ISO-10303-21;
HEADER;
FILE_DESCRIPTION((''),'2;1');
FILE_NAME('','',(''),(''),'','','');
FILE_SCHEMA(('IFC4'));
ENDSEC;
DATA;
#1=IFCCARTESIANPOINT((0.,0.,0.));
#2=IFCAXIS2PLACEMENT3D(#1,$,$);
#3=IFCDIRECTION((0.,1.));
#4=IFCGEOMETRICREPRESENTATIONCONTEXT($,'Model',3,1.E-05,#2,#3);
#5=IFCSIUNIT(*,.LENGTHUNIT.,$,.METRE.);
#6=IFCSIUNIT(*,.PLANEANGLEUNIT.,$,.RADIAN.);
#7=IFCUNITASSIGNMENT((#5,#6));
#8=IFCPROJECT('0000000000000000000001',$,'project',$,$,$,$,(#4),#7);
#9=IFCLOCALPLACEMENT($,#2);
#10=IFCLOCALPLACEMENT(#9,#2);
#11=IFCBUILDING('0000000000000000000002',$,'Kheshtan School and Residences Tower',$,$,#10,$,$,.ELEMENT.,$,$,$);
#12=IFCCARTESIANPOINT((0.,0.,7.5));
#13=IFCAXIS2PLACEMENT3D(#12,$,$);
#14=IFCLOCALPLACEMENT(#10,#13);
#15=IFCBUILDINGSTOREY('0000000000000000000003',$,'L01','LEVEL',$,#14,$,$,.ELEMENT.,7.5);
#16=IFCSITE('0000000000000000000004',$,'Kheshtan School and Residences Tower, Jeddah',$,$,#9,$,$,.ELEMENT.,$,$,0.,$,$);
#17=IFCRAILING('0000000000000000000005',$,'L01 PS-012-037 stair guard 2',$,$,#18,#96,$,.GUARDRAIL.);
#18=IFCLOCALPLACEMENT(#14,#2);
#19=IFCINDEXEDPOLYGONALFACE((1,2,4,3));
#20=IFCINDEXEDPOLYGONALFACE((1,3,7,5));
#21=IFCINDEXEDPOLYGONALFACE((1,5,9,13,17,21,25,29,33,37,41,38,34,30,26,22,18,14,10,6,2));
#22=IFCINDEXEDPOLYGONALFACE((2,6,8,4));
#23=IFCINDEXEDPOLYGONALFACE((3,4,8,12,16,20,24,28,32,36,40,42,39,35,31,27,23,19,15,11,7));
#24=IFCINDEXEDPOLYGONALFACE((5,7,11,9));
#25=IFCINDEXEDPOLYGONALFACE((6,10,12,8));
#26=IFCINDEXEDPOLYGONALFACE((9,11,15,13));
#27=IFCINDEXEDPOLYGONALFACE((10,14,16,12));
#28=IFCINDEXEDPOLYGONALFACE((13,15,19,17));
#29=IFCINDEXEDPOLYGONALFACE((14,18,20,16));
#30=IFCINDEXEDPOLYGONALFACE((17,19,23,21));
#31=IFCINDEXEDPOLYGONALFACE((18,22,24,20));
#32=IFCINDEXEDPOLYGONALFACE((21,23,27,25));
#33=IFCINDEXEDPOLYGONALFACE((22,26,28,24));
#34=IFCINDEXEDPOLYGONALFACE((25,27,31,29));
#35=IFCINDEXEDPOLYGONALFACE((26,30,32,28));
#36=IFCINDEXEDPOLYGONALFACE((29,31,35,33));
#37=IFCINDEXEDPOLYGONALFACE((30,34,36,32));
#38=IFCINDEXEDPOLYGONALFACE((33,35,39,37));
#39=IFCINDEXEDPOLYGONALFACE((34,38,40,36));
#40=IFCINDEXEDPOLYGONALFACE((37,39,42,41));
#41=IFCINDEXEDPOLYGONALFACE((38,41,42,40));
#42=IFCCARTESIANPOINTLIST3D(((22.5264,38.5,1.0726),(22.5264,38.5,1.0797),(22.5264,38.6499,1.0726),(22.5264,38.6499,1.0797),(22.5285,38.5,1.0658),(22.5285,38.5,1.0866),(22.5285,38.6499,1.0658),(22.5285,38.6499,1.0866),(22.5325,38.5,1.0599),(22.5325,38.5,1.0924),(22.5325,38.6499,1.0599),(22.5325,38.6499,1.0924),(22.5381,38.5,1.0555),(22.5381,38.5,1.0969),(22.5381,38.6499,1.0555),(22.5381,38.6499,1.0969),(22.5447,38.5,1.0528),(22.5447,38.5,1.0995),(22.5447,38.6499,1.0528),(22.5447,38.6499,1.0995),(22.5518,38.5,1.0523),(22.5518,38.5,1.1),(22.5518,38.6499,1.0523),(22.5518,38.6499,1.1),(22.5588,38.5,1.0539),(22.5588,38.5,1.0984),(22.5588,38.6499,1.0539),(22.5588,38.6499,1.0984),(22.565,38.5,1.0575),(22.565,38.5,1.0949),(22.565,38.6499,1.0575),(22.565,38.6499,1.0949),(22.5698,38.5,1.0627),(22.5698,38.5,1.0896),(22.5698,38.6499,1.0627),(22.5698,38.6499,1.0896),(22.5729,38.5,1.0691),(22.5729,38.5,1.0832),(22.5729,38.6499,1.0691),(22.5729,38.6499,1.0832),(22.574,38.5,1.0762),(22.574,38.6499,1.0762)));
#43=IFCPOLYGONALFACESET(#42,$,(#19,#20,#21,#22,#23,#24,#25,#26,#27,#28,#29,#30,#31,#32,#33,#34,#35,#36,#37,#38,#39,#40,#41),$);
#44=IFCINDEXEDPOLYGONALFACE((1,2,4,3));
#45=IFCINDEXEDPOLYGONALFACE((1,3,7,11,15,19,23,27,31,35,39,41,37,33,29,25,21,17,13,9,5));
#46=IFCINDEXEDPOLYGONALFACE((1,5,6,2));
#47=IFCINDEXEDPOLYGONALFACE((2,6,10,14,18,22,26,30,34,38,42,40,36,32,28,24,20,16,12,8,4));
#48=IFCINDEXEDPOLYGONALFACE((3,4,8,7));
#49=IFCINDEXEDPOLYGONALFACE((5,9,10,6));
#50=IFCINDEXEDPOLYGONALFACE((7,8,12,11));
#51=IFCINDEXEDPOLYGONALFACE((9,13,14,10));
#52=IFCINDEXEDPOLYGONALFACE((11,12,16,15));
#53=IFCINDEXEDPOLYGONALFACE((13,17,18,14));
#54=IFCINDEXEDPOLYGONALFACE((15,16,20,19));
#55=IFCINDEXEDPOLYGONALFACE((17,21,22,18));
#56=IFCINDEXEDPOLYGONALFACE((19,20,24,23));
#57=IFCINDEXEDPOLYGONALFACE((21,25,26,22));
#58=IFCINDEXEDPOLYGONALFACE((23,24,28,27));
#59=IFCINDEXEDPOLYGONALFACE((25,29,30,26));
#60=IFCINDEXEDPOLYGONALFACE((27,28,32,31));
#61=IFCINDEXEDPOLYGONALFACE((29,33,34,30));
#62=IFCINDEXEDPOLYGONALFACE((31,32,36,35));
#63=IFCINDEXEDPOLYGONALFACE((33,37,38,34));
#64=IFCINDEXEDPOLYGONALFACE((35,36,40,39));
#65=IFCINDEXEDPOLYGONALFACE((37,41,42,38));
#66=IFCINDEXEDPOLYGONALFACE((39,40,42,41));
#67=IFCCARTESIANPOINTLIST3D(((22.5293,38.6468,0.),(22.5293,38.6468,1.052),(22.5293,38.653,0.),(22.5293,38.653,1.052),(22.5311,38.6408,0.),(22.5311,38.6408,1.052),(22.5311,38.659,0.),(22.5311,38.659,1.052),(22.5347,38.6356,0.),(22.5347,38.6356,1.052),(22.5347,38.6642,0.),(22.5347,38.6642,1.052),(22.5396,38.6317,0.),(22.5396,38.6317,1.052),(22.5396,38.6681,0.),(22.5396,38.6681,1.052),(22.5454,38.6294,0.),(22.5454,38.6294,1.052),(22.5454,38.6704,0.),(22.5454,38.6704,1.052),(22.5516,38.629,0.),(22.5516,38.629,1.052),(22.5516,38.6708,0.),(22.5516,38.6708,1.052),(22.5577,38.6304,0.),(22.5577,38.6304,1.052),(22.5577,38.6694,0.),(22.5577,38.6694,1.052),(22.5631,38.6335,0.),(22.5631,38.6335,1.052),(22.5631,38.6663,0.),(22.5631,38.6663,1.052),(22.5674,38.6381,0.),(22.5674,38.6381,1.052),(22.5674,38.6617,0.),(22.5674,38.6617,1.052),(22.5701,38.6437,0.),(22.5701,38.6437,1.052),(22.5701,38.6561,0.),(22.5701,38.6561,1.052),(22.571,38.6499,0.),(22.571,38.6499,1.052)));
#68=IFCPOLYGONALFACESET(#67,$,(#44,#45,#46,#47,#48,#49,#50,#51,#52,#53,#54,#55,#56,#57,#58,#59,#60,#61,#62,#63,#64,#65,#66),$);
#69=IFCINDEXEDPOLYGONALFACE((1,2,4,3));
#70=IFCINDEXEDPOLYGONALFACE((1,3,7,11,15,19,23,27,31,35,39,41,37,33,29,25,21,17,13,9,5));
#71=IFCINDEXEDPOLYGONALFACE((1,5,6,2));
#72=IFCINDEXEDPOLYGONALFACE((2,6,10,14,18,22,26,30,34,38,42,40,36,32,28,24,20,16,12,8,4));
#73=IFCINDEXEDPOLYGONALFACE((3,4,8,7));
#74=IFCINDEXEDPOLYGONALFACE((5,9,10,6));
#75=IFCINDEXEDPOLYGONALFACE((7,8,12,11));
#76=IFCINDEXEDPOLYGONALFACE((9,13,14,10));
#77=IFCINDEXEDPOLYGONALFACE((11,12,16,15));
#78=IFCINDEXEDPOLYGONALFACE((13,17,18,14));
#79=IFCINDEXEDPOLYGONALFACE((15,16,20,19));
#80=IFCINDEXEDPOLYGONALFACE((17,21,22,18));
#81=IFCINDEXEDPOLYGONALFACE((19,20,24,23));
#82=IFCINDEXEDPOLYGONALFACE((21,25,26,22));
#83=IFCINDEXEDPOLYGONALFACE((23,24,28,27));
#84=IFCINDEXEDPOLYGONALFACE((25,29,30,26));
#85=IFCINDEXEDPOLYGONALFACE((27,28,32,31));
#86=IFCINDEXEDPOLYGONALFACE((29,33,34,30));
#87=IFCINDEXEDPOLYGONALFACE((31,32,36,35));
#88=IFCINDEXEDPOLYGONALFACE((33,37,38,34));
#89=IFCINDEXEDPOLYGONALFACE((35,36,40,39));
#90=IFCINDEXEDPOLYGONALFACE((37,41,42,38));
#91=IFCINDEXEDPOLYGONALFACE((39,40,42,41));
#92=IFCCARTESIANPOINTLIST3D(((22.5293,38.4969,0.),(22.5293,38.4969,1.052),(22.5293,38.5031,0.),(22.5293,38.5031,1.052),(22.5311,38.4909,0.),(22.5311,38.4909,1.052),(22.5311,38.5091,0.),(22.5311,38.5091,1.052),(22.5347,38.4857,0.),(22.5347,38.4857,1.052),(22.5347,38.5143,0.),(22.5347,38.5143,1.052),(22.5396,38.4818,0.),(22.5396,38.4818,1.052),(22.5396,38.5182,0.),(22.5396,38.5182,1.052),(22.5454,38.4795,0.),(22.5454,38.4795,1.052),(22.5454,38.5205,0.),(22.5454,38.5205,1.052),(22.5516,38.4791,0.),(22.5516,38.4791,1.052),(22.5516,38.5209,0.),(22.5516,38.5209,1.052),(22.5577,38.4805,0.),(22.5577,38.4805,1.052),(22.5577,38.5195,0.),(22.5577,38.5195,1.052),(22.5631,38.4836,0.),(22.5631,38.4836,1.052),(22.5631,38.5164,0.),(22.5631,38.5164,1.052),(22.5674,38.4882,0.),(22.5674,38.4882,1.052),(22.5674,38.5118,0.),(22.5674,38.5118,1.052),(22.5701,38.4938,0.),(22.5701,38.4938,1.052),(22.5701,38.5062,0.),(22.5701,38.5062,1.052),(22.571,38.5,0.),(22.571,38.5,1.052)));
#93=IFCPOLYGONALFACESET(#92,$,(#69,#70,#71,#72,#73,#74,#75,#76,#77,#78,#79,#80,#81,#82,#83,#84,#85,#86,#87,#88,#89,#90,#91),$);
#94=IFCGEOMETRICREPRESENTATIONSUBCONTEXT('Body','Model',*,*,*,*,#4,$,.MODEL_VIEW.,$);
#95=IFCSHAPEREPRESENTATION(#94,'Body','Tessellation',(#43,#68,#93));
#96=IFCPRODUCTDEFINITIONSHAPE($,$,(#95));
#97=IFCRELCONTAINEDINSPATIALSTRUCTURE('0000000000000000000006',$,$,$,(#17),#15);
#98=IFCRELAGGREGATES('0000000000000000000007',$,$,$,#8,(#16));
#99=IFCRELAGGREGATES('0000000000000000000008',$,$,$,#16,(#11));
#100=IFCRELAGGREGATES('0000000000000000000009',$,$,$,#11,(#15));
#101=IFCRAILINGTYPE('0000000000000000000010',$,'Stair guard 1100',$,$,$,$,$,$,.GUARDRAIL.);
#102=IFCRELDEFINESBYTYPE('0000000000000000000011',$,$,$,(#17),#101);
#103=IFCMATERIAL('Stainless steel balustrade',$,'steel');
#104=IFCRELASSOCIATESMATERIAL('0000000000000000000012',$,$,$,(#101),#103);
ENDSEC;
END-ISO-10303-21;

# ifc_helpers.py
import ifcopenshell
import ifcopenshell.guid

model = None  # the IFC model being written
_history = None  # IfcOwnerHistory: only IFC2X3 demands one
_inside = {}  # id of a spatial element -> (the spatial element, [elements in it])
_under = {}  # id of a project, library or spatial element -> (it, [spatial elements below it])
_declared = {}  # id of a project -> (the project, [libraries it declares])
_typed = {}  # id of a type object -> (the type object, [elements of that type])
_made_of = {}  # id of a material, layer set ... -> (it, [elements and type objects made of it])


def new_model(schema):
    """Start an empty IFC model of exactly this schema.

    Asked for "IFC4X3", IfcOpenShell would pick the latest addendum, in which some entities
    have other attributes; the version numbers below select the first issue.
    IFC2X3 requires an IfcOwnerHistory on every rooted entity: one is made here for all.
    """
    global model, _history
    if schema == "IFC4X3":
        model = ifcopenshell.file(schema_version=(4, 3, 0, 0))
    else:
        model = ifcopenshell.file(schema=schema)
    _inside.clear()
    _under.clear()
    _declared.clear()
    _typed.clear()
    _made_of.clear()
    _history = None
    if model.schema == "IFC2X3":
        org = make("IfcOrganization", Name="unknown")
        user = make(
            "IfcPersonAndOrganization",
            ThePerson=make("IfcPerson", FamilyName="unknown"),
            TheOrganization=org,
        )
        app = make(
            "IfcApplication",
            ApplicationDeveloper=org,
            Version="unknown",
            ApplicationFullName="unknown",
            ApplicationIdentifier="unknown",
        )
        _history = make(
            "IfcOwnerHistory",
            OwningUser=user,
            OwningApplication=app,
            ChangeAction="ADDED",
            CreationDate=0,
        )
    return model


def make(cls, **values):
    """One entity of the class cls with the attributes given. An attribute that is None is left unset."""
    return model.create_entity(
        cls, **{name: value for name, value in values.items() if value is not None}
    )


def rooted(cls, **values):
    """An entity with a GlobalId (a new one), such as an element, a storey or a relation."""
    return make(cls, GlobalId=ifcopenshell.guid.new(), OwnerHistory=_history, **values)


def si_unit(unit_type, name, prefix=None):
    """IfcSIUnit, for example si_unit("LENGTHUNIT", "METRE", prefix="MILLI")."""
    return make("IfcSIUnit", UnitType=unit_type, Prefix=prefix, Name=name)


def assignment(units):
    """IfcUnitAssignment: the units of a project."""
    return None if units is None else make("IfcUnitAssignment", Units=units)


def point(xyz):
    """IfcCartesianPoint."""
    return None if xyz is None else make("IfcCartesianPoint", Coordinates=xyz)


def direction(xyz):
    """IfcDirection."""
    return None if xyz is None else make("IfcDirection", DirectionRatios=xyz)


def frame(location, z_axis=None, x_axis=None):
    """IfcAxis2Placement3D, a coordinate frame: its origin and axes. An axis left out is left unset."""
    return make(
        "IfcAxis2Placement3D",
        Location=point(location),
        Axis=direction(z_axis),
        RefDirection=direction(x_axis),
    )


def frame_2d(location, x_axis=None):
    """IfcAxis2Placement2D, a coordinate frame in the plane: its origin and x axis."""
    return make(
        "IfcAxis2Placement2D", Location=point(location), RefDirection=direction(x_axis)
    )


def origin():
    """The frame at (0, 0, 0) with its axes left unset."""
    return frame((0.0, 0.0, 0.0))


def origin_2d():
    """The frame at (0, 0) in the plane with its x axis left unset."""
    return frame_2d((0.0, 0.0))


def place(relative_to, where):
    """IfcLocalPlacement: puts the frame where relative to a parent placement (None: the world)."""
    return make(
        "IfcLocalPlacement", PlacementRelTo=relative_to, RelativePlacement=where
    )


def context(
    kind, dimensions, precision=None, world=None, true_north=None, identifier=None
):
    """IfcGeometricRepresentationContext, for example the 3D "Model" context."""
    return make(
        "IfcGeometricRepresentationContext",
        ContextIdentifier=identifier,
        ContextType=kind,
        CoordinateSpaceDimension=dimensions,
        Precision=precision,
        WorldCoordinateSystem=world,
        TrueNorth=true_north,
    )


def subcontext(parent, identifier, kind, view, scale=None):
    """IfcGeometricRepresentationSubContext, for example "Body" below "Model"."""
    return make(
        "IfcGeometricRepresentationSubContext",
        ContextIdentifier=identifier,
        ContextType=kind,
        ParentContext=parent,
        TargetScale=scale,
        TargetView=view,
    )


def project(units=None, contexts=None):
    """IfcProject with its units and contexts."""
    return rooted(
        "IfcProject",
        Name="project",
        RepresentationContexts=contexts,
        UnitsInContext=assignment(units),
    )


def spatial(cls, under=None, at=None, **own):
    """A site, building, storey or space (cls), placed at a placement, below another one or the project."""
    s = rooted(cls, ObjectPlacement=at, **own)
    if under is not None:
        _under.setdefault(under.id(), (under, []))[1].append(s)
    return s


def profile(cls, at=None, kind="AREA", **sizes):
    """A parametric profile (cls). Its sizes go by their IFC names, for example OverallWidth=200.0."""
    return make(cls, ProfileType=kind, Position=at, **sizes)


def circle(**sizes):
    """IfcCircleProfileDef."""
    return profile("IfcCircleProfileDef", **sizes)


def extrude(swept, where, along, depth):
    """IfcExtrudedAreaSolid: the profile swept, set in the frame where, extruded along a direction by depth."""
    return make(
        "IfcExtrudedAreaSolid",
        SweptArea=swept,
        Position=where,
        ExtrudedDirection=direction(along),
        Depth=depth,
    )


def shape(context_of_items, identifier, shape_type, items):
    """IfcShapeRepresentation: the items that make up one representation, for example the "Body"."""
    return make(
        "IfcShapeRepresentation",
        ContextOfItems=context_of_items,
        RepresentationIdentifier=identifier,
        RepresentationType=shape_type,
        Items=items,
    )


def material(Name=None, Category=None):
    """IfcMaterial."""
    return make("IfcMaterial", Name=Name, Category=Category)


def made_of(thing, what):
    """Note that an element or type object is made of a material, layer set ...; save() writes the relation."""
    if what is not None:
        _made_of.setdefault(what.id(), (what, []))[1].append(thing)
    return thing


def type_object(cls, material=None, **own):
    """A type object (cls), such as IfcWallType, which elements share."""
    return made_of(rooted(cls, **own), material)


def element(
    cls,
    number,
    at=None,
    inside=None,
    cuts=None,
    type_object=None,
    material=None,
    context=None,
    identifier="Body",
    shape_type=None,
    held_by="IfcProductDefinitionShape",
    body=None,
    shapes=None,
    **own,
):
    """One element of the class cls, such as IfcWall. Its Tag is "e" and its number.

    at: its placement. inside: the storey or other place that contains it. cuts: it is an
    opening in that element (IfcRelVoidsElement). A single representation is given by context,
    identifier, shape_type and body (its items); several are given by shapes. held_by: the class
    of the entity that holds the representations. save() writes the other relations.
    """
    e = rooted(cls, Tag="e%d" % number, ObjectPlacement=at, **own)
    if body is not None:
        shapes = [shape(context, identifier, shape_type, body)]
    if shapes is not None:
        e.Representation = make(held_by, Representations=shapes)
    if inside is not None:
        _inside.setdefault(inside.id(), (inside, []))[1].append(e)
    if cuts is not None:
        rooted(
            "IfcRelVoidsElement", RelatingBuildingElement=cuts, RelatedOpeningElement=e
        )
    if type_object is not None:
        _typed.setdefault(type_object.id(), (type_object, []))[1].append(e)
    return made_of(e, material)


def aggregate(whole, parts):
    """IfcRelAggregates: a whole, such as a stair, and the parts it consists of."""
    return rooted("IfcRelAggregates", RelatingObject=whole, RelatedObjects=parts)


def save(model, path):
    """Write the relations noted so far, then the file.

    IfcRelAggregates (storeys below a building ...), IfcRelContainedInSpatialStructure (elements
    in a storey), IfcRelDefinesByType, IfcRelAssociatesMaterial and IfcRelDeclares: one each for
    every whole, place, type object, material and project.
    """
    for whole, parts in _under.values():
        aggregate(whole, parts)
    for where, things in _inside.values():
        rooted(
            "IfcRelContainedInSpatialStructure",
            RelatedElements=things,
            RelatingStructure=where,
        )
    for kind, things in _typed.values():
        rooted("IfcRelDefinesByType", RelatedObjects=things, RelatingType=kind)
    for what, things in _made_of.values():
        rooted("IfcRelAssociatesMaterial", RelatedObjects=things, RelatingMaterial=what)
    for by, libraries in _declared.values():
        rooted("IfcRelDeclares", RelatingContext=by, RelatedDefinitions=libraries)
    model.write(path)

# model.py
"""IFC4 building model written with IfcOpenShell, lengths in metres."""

from ifc_helpers import new_model, si_unit, direction, frame, origin, origin_2d, place, context, subcontext, project, spatial, circle, extrude, material, type_object, element, save


model = new_model("IFC4")

# Units and contexts
model_context = context("Model", 3, precision=1e-05, world=origin(), true_north=direction((0.0, 1.0)))
body_context = subcontext(model_context, "Body", "Model", "MODEL_VIEW")
ifc_project = project(units=[si_unit("LENGTHUNIT", "METRE"), si_unit("PLANEANGLEUNIT", "RADIAN")], contexts=[model_context])

# Site, building, storey
site_placement = place(None, origin())
site = spatial("IfcSite", under=ifc_project, at=site_placement, Name="Kheshtan School and Residences Tower, Jeddah", CompositionType="ELEMENT", RefElevation=0.0)
building_placement = place(site_placement, origin())
building = spatial("IfcBuilding", under=site, at=building_placement, Name="Kheshtan School and Residences Tower", CompositionType="ELEMENT")
storey_placement = place(building_placement, frame((0.0, 0.0, 7.5)))
storey = spatial("IfcBuildingStorey", under=building, at=storey_placement, Name="L01", Description="LEVEL", CompositionType="ELEMENT", Elevation=7.5)

# Railing
ifc_material_1 = material(Name="Stainless steel balustrade", Category="steel")
railing_type_1 = type_object("IfcRailingType", Name="Stair guard 1100", PredefinedType="GUARDRAIL", material=ifc_material_1)
railing_1_placement = place(storey_placement, frame((22.55, 38.6499, 0.0)))
element("IfcRailing", 1, at=railing_1_placement, inside=storey, type_object=railing_type_1, Name="L01 PS-012-037 stair guard 2", PredefinedType="GUARDRAIL", context=body_context, shape_type="SweptSolid", body=[
    extrude(circle(Radius=0.0239, at=origin_2d()), frame((0.0, 0.0, 1.0762), z_axis=(0.0, -1.0, 0.0), x_axis=(1.0, 0.0, 0.0)), (0.0, 0.0, 1.0), 0.1499),
    extrude(circle(Radius=0.021, at=origin_2d()), origin(), (0.0, 0.0, 1.0), 1.052),
    extrude(circle(Radius=0.021, at=origin_2d()), frame((0.0, -0.1499, 0.0)), (0.0, 0.0, 1.0), 1.052),
])

save(model, "model.ifc")
